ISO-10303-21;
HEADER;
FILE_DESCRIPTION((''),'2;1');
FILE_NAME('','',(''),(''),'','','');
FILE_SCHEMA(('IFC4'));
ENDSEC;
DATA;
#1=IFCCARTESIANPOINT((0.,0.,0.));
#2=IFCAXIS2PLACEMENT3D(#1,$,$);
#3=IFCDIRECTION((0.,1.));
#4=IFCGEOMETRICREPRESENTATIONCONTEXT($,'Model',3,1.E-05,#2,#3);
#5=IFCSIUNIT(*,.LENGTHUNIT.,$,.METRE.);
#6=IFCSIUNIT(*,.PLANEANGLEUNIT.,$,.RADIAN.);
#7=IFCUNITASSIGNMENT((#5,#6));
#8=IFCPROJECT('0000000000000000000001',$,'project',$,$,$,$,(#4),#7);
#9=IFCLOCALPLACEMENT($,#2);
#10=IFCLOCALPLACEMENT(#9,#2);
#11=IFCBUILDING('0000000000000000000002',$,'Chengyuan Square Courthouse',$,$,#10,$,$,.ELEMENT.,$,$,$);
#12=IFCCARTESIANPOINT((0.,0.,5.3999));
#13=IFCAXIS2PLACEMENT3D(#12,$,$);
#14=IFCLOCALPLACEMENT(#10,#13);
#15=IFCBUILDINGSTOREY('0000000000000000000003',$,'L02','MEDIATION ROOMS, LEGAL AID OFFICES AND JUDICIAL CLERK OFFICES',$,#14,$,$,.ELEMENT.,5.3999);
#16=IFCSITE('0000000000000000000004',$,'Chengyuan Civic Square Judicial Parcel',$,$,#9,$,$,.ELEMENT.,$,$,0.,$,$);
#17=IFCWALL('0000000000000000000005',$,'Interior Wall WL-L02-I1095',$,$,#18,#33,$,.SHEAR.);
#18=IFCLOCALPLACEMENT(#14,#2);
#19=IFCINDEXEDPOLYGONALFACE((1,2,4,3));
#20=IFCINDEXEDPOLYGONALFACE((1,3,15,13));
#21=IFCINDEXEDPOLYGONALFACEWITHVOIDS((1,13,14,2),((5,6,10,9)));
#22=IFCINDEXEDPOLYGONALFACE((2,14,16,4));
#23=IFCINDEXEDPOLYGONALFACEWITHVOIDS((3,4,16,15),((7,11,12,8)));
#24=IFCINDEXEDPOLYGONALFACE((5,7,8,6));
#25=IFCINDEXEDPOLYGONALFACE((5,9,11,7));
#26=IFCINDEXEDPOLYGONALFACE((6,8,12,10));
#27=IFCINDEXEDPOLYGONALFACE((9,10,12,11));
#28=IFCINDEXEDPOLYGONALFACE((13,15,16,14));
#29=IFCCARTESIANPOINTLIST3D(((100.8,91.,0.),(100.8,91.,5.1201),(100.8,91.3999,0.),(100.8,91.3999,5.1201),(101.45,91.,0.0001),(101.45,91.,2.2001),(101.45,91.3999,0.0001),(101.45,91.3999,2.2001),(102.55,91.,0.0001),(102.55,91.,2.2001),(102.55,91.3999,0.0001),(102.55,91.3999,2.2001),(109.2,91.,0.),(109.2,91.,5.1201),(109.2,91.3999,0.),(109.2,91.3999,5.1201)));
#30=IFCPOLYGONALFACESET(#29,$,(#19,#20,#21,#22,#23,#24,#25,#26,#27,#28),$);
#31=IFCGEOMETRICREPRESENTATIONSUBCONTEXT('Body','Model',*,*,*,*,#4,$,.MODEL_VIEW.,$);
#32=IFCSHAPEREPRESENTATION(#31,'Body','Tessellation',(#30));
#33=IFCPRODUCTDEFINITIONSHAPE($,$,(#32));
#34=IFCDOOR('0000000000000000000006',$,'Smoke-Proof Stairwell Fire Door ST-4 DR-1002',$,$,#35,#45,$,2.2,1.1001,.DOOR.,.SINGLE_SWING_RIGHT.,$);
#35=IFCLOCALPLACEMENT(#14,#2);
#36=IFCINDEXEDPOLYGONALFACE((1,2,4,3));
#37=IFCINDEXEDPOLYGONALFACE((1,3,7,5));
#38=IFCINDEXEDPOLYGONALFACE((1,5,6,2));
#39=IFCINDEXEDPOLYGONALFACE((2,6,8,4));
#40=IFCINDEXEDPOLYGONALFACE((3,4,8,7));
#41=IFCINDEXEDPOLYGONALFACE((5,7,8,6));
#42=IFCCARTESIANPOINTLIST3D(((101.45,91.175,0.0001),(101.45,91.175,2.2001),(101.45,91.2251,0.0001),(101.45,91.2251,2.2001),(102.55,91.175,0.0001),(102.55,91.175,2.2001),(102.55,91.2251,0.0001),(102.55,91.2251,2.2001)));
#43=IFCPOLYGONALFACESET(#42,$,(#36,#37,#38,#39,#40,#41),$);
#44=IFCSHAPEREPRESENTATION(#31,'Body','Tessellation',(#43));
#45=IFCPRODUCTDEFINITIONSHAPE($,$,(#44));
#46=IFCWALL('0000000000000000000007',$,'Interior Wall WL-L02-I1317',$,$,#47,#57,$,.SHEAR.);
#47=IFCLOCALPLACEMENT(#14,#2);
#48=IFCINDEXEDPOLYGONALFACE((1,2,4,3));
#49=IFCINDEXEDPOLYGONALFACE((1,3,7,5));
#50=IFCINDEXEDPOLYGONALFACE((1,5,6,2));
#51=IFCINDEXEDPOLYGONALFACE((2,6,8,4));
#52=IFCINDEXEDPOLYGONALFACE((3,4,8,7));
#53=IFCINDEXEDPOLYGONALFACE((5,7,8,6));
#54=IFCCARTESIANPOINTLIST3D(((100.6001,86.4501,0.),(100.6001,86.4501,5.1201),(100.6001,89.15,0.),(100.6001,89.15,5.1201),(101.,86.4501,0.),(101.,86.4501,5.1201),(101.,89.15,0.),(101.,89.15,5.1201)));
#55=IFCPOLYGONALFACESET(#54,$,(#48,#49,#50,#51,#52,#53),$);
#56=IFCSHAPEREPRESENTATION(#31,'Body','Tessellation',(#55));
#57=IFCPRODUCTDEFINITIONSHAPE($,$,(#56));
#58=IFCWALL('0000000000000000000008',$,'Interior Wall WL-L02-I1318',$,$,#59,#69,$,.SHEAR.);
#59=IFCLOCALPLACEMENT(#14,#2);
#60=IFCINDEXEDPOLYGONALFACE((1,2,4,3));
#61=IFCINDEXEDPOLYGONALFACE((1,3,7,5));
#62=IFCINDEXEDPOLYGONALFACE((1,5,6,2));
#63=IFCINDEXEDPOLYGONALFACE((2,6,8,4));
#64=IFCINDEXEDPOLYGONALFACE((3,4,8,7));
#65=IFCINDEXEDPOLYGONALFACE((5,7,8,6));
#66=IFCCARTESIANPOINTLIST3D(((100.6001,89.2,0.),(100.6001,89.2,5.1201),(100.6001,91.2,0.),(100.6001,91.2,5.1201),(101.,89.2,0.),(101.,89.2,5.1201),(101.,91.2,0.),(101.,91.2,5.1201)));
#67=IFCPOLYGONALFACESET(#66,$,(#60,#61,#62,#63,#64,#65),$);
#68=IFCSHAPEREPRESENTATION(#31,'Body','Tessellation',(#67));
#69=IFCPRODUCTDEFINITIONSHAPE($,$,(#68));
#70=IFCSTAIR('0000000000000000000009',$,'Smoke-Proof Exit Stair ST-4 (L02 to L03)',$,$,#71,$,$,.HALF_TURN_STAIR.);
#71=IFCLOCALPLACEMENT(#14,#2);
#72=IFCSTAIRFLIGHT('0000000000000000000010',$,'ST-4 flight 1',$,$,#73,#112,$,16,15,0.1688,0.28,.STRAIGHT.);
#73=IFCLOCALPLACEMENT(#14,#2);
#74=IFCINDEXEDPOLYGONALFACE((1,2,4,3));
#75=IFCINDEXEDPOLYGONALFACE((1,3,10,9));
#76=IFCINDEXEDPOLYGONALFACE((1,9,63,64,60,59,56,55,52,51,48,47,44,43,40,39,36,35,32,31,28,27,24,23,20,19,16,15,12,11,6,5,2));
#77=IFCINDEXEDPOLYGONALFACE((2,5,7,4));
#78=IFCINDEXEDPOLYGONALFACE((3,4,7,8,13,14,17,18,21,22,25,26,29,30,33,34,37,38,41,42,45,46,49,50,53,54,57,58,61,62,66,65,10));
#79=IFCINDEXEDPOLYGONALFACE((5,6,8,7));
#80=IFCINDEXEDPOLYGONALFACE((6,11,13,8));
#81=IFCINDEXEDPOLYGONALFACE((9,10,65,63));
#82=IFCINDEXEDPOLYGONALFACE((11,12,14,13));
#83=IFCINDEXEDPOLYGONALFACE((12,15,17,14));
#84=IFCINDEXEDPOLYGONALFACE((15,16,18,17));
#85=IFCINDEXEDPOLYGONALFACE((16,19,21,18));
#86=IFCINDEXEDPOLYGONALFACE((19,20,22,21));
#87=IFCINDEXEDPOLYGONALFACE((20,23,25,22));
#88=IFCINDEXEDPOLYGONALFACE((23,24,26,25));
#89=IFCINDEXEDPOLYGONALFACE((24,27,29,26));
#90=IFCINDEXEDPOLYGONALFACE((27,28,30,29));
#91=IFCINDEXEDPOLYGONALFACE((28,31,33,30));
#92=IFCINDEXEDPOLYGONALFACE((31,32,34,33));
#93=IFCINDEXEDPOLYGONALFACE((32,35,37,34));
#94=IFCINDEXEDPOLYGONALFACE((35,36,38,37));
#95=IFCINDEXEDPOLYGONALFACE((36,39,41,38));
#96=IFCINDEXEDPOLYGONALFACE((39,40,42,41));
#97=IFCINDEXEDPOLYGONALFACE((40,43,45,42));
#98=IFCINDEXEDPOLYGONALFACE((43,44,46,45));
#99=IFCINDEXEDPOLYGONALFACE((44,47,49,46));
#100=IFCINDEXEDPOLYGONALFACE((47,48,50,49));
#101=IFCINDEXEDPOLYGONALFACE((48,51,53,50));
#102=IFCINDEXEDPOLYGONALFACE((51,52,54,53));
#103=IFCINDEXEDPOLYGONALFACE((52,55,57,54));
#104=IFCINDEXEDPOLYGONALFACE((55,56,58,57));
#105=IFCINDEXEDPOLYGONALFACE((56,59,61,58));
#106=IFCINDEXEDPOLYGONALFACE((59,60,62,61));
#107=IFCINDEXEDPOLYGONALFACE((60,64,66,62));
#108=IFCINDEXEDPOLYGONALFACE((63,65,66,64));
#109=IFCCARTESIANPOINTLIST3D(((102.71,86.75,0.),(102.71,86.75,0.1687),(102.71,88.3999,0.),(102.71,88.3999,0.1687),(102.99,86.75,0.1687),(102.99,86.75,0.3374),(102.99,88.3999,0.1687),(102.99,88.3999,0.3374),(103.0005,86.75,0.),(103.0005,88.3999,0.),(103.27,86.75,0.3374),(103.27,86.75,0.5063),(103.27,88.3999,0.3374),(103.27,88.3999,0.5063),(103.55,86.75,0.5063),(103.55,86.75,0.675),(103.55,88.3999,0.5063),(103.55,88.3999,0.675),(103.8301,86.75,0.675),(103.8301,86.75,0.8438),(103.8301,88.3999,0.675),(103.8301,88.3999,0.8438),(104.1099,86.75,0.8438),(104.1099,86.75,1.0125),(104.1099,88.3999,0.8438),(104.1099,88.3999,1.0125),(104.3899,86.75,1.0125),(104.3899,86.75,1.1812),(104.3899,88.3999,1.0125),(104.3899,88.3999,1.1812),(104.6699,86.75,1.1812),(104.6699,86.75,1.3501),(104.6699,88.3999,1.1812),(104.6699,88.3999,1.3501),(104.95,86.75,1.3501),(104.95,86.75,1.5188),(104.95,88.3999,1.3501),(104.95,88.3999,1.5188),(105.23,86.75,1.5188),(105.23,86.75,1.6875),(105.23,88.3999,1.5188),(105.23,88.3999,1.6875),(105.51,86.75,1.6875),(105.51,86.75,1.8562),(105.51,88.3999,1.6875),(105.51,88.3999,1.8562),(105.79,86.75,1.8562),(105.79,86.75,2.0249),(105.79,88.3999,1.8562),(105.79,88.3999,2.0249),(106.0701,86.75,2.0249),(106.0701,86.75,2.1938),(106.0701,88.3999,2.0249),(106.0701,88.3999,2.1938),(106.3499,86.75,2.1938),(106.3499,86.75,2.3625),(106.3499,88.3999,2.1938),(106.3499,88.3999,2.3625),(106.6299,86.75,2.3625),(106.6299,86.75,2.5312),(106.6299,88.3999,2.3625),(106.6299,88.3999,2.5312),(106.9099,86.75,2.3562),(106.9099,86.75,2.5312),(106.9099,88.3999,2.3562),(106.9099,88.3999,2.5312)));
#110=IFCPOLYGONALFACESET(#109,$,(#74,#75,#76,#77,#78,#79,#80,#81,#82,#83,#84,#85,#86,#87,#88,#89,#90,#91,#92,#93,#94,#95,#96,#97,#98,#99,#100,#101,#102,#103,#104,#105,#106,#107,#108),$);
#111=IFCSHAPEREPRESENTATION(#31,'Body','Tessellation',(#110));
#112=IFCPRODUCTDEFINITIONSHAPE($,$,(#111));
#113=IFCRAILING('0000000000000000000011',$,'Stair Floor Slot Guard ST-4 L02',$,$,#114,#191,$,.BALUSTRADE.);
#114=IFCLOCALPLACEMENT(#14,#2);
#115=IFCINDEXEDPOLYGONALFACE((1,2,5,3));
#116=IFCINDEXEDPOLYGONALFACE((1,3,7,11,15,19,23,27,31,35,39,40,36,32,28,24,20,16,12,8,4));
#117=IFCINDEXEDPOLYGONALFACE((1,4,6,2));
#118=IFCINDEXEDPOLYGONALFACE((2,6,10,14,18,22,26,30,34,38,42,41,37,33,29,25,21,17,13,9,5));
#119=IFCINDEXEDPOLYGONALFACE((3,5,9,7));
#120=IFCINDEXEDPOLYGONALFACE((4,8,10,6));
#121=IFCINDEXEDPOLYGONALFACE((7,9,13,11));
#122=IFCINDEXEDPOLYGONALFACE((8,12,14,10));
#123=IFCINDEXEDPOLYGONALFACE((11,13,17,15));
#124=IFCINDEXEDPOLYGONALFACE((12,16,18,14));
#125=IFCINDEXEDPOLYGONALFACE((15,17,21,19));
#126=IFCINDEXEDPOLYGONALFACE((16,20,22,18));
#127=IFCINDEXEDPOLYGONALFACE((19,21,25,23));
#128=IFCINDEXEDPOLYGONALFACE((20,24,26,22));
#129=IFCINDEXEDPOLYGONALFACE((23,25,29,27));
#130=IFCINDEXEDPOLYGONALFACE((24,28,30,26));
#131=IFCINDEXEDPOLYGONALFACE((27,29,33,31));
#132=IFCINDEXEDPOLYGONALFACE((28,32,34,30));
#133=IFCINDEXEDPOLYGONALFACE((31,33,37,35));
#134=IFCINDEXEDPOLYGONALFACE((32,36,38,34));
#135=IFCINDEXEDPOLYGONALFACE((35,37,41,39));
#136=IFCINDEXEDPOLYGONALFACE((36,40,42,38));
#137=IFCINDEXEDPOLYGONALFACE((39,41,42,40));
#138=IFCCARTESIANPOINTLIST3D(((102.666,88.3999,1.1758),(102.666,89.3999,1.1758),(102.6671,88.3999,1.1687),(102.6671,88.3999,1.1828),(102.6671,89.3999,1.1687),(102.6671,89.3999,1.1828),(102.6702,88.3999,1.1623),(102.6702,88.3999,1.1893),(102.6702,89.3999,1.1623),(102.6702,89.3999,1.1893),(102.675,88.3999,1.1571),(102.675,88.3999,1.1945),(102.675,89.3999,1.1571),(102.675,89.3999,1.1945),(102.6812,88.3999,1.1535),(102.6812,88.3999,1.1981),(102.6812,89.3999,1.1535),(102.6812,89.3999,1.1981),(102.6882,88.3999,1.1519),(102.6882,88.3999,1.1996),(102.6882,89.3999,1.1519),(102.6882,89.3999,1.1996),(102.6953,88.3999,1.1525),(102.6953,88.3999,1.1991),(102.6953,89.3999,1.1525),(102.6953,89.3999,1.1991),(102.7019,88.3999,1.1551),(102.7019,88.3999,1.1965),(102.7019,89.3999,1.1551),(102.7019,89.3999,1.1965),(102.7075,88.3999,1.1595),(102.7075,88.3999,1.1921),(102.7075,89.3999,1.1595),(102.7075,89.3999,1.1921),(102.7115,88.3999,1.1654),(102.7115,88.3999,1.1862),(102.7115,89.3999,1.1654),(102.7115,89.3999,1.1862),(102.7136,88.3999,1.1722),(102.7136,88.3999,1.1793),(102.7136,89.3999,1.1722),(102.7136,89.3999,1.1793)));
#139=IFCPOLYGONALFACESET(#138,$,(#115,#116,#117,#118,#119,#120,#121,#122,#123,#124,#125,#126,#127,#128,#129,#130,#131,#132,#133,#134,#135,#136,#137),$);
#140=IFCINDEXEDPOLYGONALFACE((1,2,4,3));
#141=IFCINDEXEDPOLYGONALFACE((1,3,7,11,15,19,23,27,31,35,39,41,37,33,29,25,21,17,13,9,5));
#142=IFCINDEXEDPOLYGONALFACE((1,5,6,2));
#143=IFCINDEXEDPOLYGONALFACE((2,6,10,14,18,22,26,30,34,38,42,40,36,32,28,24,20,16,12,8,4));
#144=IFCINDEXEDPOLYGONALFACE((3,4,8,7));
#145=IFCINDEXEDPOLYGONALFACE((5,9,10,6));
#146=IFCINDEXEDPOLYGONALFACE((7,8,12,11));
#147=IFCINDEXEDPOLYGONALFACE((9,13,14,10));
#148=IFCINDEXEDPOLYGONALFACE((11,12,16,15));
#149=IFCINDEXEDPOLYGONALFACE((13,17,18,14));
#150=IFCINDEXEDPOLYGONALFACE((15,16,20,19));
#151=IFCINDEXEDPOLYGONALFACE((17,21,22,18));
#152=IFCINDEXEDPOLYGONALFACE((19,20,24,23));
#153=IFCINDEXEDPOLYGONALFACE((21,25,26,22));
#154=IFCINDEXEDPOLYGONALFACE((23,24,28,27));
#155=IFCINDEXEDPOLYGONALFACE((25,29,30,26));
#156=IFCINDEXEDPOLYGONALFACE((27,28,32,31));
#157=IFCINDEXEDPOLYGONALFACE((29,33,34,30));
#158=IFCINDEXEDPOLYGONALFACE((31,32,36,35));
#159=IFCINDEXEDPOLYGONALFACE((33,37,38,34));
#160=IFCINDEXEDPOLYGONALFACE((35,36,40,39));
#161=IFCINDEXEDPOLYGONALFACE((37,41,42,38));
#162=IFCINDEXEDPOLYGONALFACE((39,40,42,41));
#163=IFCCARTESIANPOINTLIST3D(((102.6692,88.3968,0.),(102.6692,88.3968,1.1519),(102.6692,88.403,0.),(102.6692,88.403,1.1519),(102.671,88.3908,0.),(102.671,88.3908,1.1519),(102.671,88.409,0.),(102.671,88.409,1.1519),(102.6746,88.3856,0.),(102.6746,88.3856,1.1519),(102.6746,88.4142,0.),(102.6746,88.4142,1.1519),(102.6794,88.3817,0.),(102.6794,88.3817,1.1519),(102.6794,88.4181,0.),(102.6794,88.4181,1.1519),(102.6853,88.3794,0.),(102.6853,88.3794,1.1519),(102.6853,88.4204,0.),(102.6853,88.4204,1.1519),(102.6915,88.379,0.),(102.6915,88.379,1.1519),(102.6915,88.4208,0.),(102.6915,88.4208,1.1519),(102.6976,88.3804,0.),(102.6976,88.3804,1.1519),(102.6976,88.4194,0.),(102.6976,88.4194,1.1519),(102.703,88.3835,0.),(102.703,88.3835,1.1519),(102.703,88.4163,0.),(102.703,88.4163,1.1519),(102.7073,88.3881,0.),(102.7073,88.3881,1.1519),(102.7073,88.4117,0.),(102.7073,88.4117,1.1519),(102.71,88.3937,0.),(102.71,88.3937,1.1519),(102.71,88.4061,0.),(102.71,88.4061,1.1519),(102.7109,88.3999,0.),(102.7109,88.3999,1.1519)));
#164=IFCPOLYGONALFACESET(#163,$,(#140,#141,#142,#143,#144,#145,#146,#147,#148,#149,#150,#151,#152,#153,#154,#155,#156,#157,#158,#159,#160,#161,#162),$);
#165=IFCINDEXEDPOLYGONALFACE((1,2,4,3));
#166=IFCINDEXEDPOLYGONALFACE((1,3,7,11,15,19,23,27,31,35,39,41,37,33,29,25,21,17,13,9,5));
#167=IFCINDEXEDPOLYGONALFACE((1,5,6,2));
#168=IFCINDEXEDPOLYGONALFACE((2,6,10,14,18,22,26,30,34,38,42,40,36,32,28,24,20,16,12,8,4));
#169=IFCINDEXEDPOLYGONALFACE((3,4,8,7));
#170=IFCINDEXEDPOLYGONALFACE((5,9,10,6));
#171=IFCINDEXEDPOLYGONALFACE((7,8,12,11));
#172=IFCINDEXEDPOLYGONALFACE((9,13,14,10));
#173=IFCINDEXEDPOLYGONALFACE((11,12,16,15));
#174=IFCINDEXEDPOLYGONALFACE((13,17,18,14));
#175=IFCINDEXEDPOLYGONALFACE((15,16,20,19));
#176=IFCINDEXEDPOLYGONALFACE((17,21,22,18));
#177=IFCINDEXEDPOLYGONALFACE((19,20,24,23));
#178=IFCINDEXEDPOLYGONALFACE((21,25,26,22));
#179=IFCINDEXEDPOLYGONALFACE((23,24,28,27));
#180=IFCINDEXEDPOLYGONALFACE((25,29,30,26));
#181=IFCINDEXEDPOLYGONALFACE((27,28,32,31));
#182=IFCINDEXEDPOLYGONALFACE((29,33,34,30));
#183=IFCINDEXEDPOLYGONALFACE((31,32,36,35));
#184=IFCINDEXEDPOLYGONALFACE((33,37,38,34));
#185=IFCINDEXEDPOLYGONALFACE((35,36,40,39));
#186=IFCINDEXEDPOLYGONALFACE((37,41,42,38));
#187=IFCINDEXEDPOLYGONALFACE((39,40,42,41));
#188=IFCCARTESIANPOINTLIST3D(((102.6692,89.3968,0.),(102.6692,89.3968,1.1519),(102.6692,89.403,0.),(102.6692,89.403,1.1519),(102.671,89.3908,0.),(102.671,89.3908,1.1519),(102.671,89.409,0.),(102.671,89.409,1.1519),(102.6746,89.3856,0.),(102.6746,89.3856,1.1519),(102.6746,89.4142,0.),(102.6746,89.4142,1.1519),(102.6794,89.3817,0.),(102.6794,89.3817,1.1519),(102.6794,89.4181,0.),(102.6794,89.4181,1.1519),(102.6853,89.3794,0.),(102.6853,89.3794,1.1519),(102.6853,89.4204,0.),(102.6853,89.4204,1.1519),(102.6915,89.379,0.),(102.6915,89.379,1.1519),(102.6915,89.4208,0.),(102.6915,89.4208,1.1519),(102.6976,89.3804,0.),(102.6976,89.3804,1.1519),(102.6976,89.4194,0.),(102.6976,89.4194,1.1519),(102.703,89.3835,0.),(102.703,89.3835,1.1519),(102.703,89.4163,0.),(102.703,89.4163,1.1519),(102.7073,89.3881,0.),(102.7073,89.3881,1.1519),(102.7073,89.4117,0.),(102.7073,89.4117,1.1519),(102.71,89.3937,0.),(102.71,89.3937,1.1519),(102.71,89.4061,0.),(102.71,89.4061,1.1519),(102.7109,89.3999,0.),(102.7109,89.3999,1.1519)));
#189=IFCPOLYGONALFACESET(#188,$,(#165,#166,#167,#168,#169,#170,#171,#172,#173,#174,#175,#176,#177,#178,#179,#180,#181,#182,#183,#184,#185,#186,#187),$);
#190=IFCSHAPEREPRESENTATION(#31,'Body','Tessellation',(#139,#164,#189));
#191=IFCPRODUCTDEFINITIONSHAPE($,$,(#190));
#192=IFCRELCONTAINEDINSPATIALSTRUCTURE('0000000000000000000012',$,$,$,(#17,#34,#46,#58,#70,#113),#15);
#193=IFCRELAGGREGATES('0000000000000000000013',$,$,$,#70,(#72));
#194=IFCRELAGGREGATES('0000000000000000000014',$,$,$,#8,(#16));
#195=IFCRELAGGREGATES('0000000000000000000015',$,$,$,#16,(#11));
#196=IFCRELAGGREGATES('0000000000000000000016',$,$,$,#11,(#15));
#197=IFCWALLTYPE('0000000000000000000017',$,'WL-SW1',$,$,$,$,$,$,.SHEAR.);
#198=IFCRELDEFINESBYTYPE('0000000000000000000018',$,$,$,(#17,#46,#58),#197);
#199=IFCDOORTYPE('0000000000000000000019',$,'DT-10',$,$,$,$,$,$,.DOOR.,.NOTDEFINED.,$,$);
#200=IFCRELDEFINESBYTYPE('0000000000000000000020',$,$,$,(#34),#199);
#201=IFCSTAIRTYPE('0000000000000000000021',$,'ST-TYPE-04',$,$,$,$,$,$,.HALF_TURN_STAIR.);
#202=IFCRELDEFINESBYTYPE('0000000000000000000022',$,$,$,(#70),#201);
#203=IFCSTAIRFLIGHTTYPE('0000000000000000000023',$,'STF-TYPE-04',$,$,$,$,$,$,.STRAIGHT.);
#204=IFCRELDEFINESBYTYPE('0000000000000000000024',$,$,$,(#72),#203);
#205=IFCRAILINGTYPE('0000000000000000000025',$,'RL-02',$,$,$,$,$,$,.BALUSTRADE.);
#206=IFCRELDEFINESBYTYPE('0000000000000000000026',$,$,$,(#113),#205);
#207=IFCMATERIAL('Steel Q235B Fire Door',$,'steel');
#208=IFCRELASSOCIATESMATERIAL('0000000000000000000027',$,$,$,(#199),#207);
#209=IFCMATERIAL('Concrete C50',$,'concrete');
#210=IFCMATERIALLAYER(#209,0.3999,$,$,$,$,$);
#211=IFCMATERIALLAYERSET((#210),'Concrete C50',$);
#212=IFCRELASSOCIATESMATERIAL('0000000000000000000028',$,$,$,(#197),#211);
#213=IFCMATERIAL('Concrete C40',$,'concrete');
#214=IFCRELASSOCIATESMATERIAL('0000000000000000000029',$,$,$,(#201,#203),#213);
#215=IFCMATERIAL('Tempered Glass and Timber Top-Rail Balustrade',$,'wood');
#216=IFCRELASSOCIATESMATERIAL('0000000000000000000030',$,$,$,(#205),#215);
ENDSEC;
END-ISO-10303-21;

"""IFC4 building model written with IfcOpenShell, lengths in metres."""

from ifc_helpers import new_model, si_unit, direction, frame, frame_2d, origin, origin_2d, place, context, subcontext, project, spatial, polyline, rectangle, circle, outline, extrude, material, layer, layer_set, type_object, element, fill, aggregate, save


model = new_model("IFC4")

# Units and contexts
model_context = context("Model", 3, precision=1e-05, world=origin(), true_north=direction((0.0, 1.0)))
body_context = subcontext(model_context, "Body", "Model", "MODEL_VIEW")
ifc_project = project(units=[si_unit("LENGTHUNIT", "METRE"), si_unit("PLANEANGLEUNIT", "RADIAN")], contexts=[model_context])

# Site, building, storey
site_placement = place(None, origin())
site = spatial("IfcSite", under=ifc_project, at=site_placement, Name="Chengyuan Civic Square Judicial Parcel", CompositionType="ELEMENT", RefElevation=0.0)
building_placement = place(site_placement, origin())
building = spatial("IfcBuilding", under=site, at=building_placement, Name="Chengyuan Square Courthouse", CompositionType="ELEMENT")
storey_placement = place(building_placement, frame((0.0, 0.0, 5.3999)))
storey = spatial("IfcBuildingStorey", under=building, at=storey_placement, Name="L02", Description="MEDIATION ROOMS, LEGAL AID OFFICES AND JUDICIAL CLERK OFFICES", CompositionType="ELEMENT", Elevation=5.3999)

# Shared definitions
ifc_material_1 = material(Name="Concrete C50", Category="concrete")

# Shared definitions
ifc_material_2 = material(Name="Concrete C40", Category="concrete")

# Shared definitions
ifc_material_3 = material(Name="Steel Q235B Fire Door", Category="steel")
door_type = type_object("IfcDoorType", Name="DT-10", OperationType="NOTDEFINED", PredefinedType="DOOR", material=ifc_material_3)

# Shared definitions
ifc_layer_1 = layer(ifc_material_1, 0.3999)
ifc_layer_set_1 = layer_set([ifc_layer_1], Name="Concrete C50")
wall_type_1 = type_object("IfcWallType", Name="WL-SW1", PredefinedType="SHEAR", material=ifc_layer_set_1)

# Wall, opening, door
wall_1_placement = place(storey_placement, frame((100.8, 91.2, 0.0), z_axis=(0.0, 0.0, 1.0), x_axis=(1.0, 0.0, 0.0)))
wall_1 = element("IfcWall", 1, at=wall_1_placement, inside=storey, type_object=wall_type_1, Name="Interior Wall WL-L02-I1095", PredefinedType="SHEAR", context=body_context, shape_type="SweptSolid", body=[
    extrude(rectangle(XDim=8.3999, YDim=0.3999, at=frame_2d((4.2, 0.0))), origin(), (0.0, 0.0, 1.0), 5.1201),
])
opening_1_placement = place(wall_1_placement, frame((0.6499, 0.0, 0.0)))
opening_1 = element("IfcOpeningElement", 2, at=opening_1_placement, cuts=wall_1, PredefinedType="OPENING", context=body_context, shape_type="SweptSolid", body=[
    extrude(rectangle(XDim=1.1001, YDim=2.2, at=frame_2d((0.55, 1.1001))), frame((0.0, 0.2119, 0.0), z_axis=(0.0, -1.0, 0.0), x_axis=(1.0, 0.0, 0.0)), (0.0, 0.0, 1.0), 0.4238),
])
door_1_placement = place(opening_1_placement, frame((1.1001, 0.0, 0.0), z_axis=(0.0, 0.0, 1.0), x_axis=(-1.0, 0.0, 0.0)))
door_1 = element("IfcDoor", 3, at=door_1_placement, inside=storey, type_object=door_type, Name="Smoke-Proof Stairwell Fire Door ST-4 DR-1002", OperationType="SINGLE_SWING_RIGHT", OverallHeight=2.2, OverallWidth=1.1001, PredefinedType="DOOR", context=body_context, shape_type="SweptSolid", body=[
    extrude(rectangle(XDim=1.1001, YDim=2.2, at=frame_2d((0.55, 1.1001))), frame((0.0, 0.0249, 0.0), z_axis=(0.0, -1.0, 0.0), x_axis=(1.0, 0.0, 0.0)), (0.0, 0.0, 1.0), 0.05),
])
fill(opening_1, door_1)

# Walls
wall_2_placement = place(storey_placement, frame((100.8, 86.45, 0.0), z_axis=(0.0, 0.0, 1.0), x_axis=(0.0, 1.0, 0.0)))
element("IfcWall", 4, at=wall_2_placement, inside=storey, type_object=wall_type_1, Name="Interior Wall WL-L02-I1317", PredefinedType="SHEAR", context=body_context, shape_type="SweptSolid", body=[
    extrude(rectangle(XDim=2.7, YDim=0.3999, at=frame_2d((1.3501, 0.0))), origin(), (0.0, 0.0, 1.0), 5.1201),
])
wall_3_placement = place(storey_placement, frame((100.8, 89.2, 0.0), z_axis=(0.0, 0.0, 1.0), x_axis=(0.0, 1.0, 0.0)))
element("IfcWall", 5, at=wall_3_placement, inside=storey, type_object=wall_type_1, Name="Interior Wall WL-L02-I1318", PredefinedType="SHEAR", context=body_context, shape_type="SweptSolid", body=[
    extrude(rectangle(XDim=2.0, YDim=0.3999, at=frame_2d((1.0, 0.0))), origin(), (0.0, 0.0, 1.0), 5.1201),
])

# Stair, stair flight
stair_type = type_object("IfcStairType", Name="ST-TYPE-04", PredefinedType="HALF_TURN_STAIR", material=ifc_material_2)
stair_placement = place(storey_placement, origin())
stair = element("IfcStair", 6, at=stair_placement, inside=storey, type_object=stair_type, Name="Smoke-Proof Exit Stair ST-4 (L02 to L03)", PredefinedType="HALF_TURN_STAIR")
stair_flight_type = type_object("IfcStairFlightType", Name="STF-TYPE-04", PredefinedType="STRAIGHT", material=ifc_material_2)
stair_flight_placement = place(storey_placement, frame((102.71, 87.575, 0.0), z_axis=(0.0, 0.0, 1.0), x_axis=(1.0, 0.0, 0.0)))
stair_flight = element("IfcStairFlight", 7, at=stair_flight_placement, type_object=stair_flight_type, Name="ST-4 flight 1", NumberOfRisers=16, NumberOfTreads=15, PredefinedType="STRAIGHT", RiserHeight=0.1688, TreadLength=0.28, context=body_context, shape_type="SweptSolid", body=[
    extrude(outline(polyline([(0.0, 0.0), (0.0, 0.1687), (0.28, 0.1687), (0.28, 0.3374), (0.5601, 0.3374), (0.5601, 0.5063), (0.8401, 0.5063), (0.8401, 0.675), (1.1201, 0.675), (1.1201, 0.8438), (1.3999, 0.8438), (1.3999, 1.0125), (1.6799, 1.0125), (1.6799, 1.1812), (1.96, 1.1812), (1.96, 1.3501), (2.24, 1.3501), (2.24, 1.5188), (2.52, 1.5188), (2.52, 1.6875), (2.8, 1.6875), (2.8, 1.8562), (3.0801, 1.8562), (3.0801, 2.0249), (3.3601, 2.0249), (3.3601, 2.1938), (3.6399, 2.1938), (3.6399, 2.3625), (3.9199, 2.3625), (3.9199, 2.5312), (4.2, 2.5312), (4.2, 2.7), (4.2, 2.3562), (0.2905, 0.0), (0.0, 0.0)])), frame((0.0, 0.825, 0.0), z_axis=(0.0, -1.0, 0.0), x_axis=(1.0, 0.0, 0.0)), (0.0, 0.0, 1.0), 1.6499),
])
aggregate(stair, [stair_flight])

# Railing
ifc_material_4 = material(Name="Tempered Glass and Timber Top-Rail Balustrade", Category="wood")
railing_type_1 = type_object("IfcRailingType", Name="RL-02", PredefinedType="BALUSTRADE", material=ifc_material_4)
railing_1_placement = place(storey_placement, frame((102.6899, 88.3999, 0.0)))
element("IfcRailing", 8, at=railing_1_placement, inside=storey, type_object=railing_type_1, Name="Stair Floor Slot Guard ST-4 L02", PredefinedType="BALUSTRADE", context=body_context, shape_type="SweptSolid", body=[
    extrude(circle(Radius=0.0239, at=origin_2d()), frame((0.0, 0.0, 1.1758), z_axis=(0.0, 1.0, 0.0), x_axis=(-1.0, 0.0, 0.0)), (0.0, 0.0, 1.0), 1.0),
    extrude(circle(Radius=0.021, at=origin_2d()), origin(), (0.0, 0.0, 1.0), 1.1519),
    extrude(circle(Radius=0.021, at=origin_2d()), frame((0.0, 1.0, 0.0)), (0.0, 0.0, 1.0), 1.1519),
])

save(model, "model.ifc")
